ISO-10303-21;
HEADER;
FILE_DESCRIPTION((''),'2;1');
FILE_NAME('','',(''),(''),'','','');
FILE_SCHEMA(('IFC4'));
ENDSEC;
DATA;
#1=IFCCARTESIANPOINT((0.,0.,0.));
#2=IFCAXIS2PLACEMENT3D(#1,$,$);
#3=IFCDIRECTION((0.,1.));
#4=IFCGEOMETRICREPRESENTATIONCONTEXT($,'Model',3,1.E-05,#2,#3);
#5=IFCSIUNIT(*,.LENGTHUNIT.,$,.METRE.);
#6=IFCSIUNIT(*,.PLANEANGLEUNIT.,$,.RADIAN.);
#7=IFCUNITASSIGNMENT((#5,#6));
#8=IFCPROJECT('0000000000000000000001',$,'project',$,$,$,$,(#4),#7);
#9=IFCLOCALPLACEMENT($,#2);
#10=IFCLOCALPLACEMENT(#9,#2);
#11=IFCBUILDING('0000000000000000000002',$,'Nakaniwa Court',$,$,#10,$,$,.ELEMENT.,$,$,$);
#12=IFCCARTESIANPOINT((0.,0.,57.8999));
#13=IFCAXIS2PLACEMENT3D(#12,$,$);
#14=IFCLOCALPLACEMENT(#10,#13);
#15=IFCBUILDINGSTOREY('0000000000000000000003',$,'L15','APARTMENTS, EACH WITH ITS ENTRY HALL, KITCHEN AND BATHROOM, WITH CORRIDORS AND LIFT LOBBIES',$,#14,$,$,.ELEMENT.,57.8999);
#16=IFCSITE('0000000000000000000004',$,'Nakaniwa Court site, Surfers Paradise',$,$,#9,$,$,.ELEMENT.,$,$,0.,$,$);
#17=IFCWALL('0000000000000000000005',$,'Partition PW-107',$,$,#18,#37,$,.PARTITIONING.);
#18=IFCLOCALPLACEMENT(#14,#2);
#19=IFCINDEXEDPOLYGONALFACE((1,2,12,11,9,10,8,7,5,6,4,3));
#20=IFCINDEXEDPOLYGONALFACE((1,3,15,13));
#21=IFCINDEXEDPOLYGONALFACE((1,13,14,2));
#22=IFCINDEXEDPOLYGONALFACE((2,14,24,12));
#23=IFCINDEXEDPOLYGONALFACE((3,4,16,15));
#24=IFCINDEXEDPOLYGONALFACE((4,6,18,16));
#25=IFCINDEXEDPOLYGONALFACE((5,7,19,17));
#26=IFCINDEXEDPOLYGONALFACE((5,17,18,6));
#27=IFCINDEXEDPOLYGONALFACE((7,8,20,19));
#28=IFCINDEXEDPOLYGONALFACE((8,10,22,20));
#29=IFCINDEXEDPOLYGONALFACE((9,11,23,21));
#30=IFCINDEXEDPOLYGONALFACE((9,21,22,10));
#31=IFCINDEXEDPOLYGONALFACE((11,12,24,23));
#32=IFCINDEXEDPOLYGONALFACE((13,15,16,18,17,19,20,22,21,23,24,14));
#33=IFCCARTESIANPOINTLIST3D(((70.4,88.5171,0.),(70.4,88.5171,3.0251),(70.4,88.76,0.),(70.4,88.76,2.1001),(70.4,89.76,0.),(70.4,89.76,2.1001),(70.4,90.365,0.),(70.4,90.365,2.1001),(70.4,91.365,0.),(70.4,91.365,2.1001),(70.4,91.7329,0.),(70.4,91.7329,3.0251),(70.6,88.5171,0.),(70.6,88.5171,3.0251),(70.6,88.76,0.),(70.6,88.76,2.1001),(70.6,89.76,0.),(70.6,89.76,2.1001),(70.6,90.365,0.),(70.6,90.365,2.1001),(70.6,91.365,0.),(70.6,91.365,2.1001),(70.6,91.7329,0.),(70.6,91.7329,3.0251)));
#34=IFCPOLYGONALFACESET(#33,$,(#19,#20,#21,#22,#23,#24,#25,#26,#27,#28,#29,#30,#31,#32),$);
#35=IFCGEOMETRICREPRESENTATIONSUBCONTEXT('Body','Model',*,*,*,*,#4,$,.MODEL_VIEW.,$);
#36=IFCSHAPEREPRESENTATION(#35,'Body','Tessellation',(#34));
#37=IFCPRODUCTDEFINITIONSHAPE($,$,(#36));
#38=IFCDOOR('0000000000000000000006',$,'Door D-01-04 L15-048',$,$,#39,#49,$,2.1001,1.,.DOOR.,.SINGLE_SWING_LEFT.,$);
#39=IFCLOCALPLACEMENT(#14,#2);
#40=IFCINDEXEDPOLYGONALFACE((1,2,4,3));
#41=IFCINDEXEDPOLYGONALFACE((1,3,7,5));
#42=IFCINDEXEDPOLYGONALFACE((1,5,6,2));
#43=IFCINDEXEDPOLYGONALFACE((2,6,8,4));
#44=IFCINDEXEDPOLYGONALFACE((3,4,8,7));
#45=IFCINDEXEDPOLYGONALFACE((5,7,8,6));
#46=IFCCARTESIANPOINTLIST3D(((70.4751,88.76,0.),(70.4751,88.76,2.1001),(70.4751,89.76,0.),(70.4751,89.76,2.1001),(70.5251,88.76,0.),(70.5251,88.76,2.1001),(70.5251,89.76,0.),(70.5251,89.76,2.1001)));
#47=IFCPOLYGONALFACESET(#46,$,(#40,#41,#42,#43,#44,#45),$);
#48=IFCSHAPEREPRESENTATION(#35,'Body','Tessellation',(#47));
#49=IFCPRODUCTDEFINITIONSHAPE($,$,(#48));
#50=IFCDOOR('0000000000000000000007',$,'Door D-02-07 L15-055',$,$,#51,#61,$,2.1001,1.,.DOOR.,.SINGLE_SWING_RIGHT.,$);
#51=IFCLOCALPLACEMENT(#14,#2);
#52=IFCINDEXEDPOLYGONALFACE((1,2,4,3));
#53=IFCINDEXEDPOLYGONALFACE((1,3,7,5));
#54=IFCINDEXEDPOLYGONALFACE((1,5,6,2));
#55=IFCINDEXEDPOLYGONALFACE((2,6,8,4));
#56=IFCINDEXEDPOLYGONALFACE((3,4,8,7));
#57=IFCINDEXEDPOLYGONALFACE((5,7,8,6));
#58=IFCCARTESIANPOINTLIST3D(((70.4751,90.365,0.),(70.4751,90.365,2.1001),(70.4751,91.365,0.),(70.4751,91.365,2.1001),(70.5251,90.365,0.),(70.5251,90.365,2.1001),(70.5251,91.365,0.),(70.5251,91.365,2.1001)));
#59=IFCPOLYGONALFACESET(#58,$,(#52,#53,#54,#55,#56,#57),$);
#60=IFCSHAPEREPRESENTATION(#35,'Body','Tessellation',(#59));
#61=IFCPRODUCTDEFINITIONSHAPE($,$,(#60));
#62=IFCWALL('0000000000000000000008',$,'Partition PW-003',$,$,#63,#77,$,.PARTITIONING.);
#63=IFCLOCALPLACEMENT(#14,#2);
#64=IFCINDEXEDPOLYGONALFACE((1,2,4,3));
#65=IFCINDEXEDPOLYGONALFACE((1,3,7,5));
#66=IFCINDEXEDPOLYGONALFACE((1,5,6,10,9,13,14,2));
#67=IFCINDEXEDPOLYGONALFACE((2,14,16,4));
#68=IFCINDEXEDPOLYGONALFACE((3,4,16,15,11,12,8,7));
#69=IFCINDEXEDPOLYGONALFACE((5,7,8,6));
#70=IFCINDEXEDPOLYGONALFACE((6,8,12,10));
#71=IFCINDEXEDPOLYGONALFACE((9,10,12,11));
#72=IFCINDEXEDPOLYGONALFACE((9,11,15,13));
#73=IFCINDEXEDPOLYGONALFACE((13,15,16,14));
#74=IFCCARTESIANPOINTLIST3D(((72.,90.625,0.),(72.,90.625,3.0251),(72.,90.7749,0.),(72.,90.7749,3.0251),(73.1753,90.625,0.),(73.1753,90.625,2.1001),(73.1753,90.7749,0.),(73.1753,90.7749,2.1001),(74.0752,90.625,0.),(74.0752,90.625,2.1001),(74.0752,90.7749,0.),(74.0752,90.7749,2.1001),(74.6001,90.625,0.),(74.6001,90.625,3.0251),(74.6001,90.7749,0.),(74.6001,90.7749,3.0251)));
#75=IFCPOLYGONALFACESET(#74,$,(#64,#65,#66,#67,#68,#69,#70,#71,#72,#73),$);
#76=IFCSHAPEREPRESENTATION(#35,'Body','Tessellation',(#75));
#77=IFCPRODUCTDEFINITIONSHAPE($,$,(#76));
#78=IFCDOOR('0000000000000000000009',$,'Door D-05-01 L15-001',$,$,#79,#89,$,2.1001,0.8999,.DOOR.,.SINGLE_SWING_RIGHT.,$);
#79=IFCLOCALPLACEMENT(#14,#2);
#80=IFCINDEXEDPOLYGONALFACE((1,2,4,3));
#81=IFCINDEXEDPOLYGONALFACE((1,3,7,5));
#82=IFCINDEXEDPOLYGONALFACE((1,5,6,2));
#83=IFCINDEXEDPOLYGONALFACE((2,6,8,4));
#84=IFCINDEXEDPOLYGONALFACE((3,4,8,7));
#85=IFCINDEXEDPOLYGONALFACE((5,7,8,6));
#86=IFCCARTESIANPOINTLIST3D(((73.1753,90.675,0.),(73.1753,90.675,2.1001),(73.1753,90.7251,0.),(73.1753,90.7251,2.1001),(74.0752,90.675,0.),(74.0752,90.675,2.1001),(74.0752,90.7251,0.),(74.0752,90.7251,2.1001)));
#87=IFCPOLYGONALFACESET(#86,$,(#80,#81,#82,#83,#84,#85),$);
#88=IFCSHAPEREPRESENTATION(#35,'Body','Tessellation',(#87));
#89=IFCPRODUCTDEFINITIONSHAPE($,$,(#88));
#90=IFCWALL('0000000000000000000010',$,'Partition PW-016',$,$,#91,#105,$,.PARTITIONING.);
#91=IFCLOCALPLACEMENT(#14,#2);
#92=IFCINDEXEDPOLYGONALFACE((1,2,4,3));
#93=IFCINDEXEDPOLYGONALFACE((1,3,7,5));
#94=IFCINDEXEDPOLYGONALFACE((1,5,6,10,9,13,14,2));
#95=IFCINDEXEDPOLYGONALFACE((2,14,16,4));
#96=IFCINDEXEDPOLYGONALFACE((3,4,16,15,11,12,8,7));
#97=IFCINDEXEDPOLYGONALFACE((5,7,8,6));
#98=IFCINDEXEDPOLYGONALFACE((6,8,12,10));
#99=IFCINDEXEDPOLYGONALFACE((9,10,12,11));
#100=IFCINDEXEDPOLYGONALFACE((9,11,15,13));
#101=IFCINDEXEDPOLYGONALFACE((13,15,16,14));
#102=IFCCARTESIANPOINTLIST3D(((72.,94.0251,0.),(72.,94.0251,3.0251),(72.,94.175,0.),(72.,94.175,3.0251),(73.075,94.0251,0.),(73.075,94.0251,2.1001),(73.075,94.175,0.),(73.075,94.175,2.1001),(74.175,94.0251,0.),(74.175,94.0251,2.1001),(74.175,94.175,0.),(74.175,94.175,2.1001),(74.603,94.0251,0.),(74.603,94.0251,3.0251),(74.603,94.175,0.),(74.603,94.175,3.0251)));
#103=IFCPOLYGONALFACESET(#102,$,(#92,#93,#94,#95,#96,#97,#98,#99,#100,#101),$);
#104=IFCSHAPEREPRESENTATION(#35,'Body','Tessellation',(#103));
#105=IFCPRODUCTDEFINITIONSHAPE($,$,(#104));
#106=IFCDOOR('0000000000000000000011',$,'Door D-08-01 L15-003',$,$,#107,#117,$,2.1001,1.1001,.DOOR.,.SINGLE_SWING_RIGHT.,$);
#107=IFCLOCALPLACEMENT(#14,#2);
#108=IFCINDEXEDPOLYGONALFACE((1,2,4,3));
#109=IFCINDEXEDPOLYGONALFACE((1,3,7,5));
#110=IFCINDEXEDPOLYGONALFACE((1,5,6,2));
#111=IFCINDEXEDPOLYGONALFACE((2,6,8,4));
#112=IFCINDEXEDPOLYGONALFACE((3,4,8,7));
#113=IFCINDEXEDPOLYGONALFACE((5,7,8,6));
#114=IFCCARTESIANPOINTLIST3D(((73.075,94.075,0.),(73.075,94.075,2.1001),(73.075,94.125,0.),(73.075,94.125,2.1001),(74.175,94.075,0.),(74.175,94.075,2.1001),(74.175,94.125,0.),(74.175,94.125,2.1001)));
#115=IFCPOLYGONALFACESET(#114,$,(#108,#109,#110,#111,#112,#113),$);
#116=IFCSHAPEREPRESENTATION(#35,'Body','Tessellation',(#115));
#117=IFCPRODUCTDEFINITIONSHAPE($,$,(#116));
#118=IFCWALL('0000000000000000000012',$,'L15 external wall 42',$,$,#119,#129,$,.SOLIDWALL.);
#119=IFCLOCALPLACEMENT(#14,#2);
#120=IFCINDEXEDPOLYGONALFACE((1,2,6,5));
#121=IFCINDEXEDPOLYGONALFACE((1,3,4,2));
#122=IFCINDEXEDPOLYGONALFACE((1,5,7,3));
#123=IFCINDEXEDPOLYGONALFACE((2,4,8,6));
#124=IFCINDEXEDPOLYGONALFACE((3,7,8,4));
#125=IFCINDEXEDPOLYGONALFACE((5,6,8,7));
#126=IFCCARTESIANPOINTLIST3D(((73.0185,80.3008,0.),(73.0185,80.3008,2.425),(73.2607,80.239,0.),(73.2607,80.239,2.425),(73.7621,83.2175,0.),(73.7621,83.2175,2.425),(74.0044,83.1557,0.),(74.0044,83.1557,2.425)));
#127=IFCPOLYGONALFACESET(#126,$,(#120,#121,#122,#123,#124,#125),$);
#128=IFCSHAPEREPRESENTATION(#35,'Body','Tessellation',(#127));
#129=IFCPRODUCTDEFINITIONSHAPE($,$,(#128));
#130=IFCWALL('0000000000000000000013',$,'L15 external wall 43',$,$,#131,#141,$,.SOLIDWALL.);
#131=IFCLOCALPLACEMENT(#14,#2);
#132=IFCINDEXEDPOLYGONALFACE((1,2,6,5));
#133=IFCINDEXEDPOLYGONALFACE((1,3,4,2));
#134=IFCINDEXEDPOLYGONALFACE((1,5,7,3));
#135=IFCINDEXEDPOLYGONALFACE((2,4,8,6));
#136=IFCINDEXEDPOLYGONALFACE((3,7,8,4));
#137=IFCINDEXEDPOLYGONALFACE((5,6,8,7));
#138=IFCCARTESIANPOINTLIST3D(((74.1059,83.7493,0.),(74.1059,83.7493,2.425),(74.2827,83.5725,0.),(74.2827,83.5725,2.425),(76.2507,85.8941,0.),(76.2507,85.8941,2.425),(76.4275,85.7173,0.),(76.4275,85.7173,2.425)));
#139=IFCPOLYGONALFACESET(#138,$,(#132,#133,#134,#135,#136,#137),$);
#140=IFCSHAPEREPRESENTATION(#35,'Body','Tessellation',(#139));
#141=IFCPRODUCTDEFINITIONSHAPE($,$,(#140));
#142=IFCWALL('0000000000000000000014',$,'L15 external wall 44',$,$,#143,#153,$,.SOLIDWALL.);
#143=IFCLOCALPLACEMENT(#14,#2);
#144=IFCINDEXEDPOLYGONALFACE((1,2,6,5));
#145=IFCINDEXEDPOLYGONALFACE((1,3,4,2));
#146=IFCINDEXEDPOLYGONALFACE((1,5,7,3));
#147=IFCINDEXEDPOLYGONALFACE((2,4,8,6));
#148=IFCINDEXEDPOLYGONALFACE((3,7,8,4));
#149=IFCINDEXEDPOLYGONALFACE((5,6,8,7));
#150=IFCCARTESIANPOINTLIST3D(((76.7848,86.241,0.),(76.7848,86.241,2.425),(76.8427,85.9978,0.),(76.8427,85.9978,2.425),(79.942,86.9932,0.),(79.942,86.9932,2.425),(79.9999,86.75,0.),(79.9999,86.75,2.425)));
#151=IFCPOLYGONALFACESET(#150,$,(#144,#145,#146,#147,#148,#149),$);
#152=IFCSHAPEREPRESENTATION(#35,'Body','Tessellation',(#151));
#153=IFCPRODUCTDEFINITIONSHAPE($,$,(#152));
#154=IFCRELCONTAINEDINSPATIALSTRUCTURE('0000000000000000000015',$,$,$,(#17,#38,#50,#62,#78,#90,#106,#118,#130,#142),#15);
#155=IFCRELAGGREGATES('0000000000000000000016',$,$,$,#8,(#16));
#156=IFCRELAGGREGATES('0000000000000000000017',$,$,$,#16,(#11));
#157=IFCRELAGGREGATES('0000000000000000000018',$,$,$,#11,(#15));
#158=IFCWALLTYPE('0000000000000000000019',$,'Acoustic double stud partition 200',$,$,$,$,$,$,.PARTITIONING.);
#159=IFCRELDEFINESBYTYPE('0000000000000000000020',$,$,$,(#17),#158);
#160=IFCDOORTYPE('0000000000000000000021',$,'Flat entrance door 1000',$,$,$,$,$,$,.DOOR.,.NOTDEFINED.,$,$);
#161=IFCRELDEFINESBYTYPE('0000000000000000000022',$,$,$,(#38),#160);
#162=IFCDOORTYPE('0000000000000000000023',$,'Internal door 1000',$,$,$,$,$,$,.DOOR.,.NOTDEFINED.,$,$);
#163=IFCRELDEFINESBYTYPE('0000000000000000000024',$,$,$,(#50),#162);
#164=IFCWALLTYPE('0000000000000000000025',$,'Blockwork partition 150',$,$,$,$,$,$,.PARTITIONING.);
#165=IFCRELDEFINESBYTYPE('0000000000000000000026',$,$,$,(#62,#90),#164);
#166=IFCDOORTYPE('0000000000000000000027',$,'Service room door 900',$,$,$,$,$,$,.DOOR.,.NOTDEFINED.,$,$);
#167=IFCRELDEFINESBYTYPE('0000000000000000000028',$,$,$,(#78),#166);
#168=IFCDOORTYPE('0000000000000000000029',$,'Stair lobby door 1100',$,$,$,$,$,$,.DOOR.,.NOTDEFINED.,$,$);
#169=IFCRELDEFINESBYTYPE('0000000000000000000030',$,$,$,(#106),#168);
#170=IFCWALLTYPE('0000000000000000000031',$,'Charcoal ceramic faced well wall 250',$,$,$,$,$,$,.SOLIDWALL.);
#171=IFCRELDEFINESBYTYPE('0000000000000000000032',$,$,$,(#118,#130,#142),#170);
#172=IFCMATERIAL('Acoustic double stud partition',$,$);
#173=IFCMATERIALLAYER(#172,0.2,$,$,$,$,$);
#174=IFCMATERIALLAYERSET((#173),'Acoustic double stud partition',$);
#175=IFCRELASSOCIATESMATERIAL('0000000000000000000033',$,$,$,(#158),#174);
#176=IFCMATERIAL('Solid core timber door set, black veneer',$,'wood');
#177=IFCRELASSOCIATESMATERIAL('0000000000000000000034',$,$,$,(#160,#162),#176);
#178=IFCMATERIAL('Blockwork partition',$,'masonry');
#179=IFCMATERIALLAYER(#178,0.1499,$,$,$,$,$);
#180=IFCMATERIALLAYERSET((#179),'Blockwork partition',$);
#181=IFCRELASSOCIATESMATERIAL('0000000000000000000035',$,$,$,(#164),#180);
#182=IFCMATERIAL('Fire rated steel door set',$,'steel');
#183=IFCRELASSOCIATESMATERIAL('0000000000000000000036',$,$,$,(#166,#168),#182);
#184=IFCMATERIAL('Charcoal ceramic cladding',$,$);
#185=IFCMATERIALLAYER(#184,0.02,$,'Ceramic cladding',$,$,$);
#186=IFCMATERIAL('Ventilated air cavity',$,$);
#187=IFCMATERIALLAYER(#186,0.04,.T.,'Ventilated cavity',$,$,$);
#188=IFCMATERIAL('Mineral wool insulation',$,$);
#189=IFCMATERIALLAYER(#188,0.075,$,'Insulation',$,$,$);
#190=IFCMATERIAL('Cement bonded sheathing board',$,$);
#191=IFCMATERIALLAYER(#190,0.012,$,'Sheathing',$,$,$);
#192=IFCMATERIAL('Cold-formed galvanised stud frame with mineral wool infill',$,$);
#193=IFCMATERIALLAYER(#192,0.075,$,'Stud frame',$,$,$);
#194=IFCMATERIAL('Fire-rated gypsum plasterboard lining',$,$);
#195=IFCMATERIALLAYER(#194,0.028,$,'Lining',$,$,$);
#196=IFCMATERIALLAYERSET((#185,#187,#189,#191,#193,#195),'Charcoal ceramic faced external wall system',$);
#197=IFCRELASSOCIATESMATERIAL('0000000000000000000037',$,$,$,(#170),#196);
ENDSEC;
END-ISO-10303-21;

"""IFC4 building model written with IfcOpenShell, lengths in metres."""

from ifc_helpers import new_model, si_unit, direction, frame, frame_2d, origin, place, context, subcontext, project, spatial, rectangle, extrude, material, layer, layer_set, type_object, element, fill, save


model = new_model("IFC4")

# Units and contexts
model_context = context("Model", 3, precision=1e-05, world=origin(), true_north=direction((0.0, 1.0)))
body_context = subcontext(model_context, "Body", "Model", "MODEL_VIEW")
ifc_project = project(units=[si_unit("LENGTHUNIT", "METRE"), si_unit("PLANEANGLEUNIT", "RADIAN")], contexts=[model_context])

# Site, building, storey
site_placement = place(None, origin())
site = spatial("IfcSite", under=ifc_project, at=site_placement, Name="Nakaniwa Court site, Surfers Paradise", CompositionType="ELEMENT", RefElevation=0.0)
building_placement = place(site_placement, origin())
building = spatial("IfcBuilding", under=site, at=building_placement, Name="Nakaniwa Court", CompositionType="ELEMENT")
storey_placement = place(building_placement, frame((0.0, 0.0, 57.8999)))
storey = spatial("IfcBuildingStorey", under=building, at=storey_placement, Name="L15", Description="APARTMENTS, EACH WITH ITS ENTRY HALL, KITCHEN AND BATHROOM, WITH CORRIDORS AND LIFT LOBBIES", CompositionType="ELEMENT", Elevation=57.8999)

# Shared definitions
ifc_material_1 = material(Name="Acoustic double stud partition")
ifc_layer_1 = layer(ifc_material_1, 0.2)
ifc_layer_set_1 = layer_set([ifc_layer_1], Name="Acoustic double stud partition")
wall_type_1 = type_object("IfcWallType", Name="Acoustic double stud partition 200", PredefinedType="PARTITIONING", material=ifc_layer_set_1)

# Wall, openings, doors
wall_1_placement = place(storey_placement, frame((70.5, 88.5171, 0.0), z_axis=(0.0, 0.0, 1.0), x_axis=(0.0, 1.0, 0.0)))
wall_1 = element("IfcWall", 1, at=wall_1_placement, inside=storey, type_object=wall_type_1, Name="Partition PW-107", PredefinedType="PARTITIONING", context=body_context, shape_type="SweptSolid", body=[
    extrude(rectangle(XDim=3.2158, YDim=0.2, at=frame_2d((1.6079, 0.0))), origin(), (0.0, 0.0, 1.0), 3.0251),
])
opening_1_placement = place(wall_1_placement, frame((0.2429, 0.0, 0.0)))
opening_1 = element("IfcOpeningElement", 2, at=opening_1_placement, cuts=wall_1, PredefinedType="OPENING", context=body_context, shape_type="SweptSolid", body=[
    extrude(rectangle(XDim=1.0, YDim=2.1001, at=frame_2d((0.5, 1.05))), frame((0.0, 0.1099, 0.0), z_axis=(0.0, -1.0, 0.0), x_axis=(1.0, 0.0, 0.0)), (0.0, 0.0, 1.0), 0.22),
])
opening_2_placement = place(wall_1_placement, frame((1.8479, 0.0, 0.0)))
opening_2 = element("IfcOpeningElement", 3, at=opening_2_placement, cuts=wall_1, PredefinedType="OPENING", context=body_context, shape_type="SweptSolid", body=[
    extrude(rectangle(XDim=1.0, YDim=2.1001, at=frame_2d((0.5, 1.05))), frame((0.0, 0.1099, 0.0), z_axis=(0.0, -1.0, 0.0), x_axis=(1.0, 0.0, 0.0)), (0.0, 0.0, 1.0), 0.22),
])
ifc_material_2 = material(Name="Solid core timber door set, black veneer", Category="wood")
door_type_1 = type_object("IfcDoorType", Name="Flat entrance door 1000", OperationType="NOTDEFINED", PredefinedType="DOOR", material=ifc_material_2)
door_1_placement = place(opening_1_placement, origin())
door_1 = element("IfcDoor", 4, at=door_1_placement, inside=storey, type_object=door_type_1, Name="Door D-01-04 L15-048", OperationType="SINGLE_SWING_LEFT", OverallHeight=2.1001, OverallWidth=1.0, PredefinedType="DOOR", context=body_context, shape_type="SweptSolid", body=[
    extrude(rectangle(XDim=1.0, YDim=2.1001, at=frame_2d((0.5, 1.05))), frame((0.0, 0.0249, 0.0), z_axis=(0.0, -1.0, 0.0), x_axis=(1.0, 0.0, 0.0)), (0.0, 0.0, 1.0), 0.05),
])
fill(opening_1, door_1)
door_type_2 = type_object("IfcDoorType", Name="Internal door 1000", OperationType="NOTDEFINED", PredefinedType="DOOR", material=ifc_material_2)
door_2_placement = place(opening_2_placement, origin())
door_2 = element("IfcDoor", 5, at=door_2_placement, inside=storey, type_object=door_type_2, Name="Door D-02-07 L15-055", OperationType="SINGLE_SWING_RIGHT", OverallHeight=2.1001, OverallWidth=1.0, PredefinedType="DOOR", context=body_context, shape_type="SweptSolid", body=[
    extrude(rectangle(XDim=1.0, YDim=2.1001, at=frame_2d((0.5, 1.05))), frame((0.0, 0.0249, 0.0), z_axis=(0.0, -1.0, 0.0), x_axis=(1.0, 0.0, 0.0)), (0.0, 0.0, 1.0), 0.05),
])
fill(opening_2, door_2)

# Walls, openings, doors
ifc_material_3 = material(Name="Blockwork partition", Category="masonry")
ifc_layer_2 = layer(ifc_material_3, 0.1499)
ifc_layer_set_2 = layer_set([ifc_layer_2], Name="Blockwork partition")
wall_type_2 = type_object("IfcWallType", Name="Blockwork partition 150", PredefinedType="PARTITIONING", material=ifc_layer_set_2)
wall_2_placement = place(storey_placement, frame((74.6001, 90.7, 0.0), z_axis=(0.0, 0.0, 1.0), x_axis=(-1.0, 0.0, 0.0)))
wall_2 = element("IfcWall", 6, at=wall_2_placement, inside=storey, type_object=wall_type_2, Name="Partition PW-003", PredefinedType="PARTITIONING", context=body_context, shape_type="SweptSolid", body=[
    extrude(rectangle(XDim=2.6001, YDim=0.1499, at=frame_2d((1.3, 0.0))), origin(), (0.0, 0.0, 1.0), 3.0251),
])
opening_3_placement = place(wall_2_placement, frame((0.5249, 0.0, 0.0)))
opening_3 = element("IfcOpeningElement", 7, at=opening_3_placement, cuts=wall_2, PredefinedType="OPENING", context=body_context, shape_type="SweptSolid", body=[
    extrude(rectangle(XDim=0.8999, YDim=2.1001, at=frame_2d((0.45, 1.05))), frame((0.0, 0.085, 0.0), z_axis=(0.0, -1.0, 0.0), x_axis=(1.0, 0.0, 0.0)), (0.0, 0.0, 1.0), 0.1699),
])
ifc_material_4 = material(Name="Fire rated steel door set", Category="steel")
door_type_3 = type_object("IfcDoorType", Name="Service room door 900", OperationType="NOTDEFINED", PredefinedType="DOOR", material=ifc_material_4)
door_3_placement = place(opening_3_placement, origin())
door_3 = element("IfcDoor", 8, at=door_3_placement, inside=storey, type_object=door_type_3, Name="Door D-05-01 L15-001", OperationType="SINGLE_SWING_RIGHT", OverallHeight=2.1001, OverallWidth=0.8999, PredefinedType="DOOR", context=body_context, shape_type="SweptSolid", body=[
    extrude(rectangle(XDim=0.8999, YDim=2.1001, at=frame_2d((0.45, 1.05))), frame((0.0, 0.0249, 0.0), z_axis=(0.0, -1.0, 0.0), x_axis=(1.0, 0.0, 0.0)), (0.0, 0.0, 1.0), 0.05),
])
fill(opening_3, door_3)
wall_3_placement = place(storey_placement, frame((72.0, 94.1001, 0.0), z_axis=(0.0, 0.0, 1.0), x_axis=(1.0, 0.0, 0.0)))
wall_3 = element("IfcWall", 9, at=wall_3_placement, inside=storey, type_object=wall_type_2, Name="Partition PW-016", PredefinedType="PARTITIONING", context=body_context, shape_type="SweptSolid", body=[
    extrude(rectangle(XDim=2.603, YDim=0.1499, at=frame_2d((1.3015, 0.0))), origin(), (0.0, 0.0, 1.0), 3.0251),
])
opening_4_placement = place(wall_3_placement, frame((1.075, 0.0, 0.0)))
opening_4 = element("IfcOpeningElement", 10, at=opening_4_placement, cuts=wall_3, PredefinedType="OPENING", context=body_context, shape_type="SweptSolid", body=[
    extrude(rectangle(XDim=1.1001, YDim=2.1001, at=frame_2d((0.55, 1.05))), frame((0.0, 0.085, 0.0), z_axis=(0.0, -1.0, 0.0), x_axis=(1.0, 0.0, 0.0)), (0.0, 0.0, 1.0), 0.1699),
])
door_type_4 = type_object("IfcDoorType", Name="Stair lobby door 1100", OperationType="NOTDEFINED", PredefinedType="DOOR", material=ifc_material_4)
door_4_placement = place(opening_4_placement, origin())
door_4 = element("IfcDoor", 11, at=door_4_placement, inside=storey, type_object=door_type_4, Name="Door D-08-01 L15-003", OperationType="SINGLE_SWING_RIGHT", OverallHeight=2.1001, OverallWidth=1.1001, PredefinedType="DOOR", context=body_context, shape_type="SweptSolid", body=[
    extrude(rectangle(XDim=1.1001, YDim=2.1001, at=frame_2d((0.55, 1.05))), frame((0.0, 0.0249, 0.0), z_axis=(0.0, -1.0, 0.0), x_axis=(1.0, 0.0, 0.0)), (0.0, 0.0, 1.0), 0.05),
])
fill(opening_4, door_4)

# Walls
ifc_material_5 = material(Name="Charcoal ceramic cladding")
ifc_layer_3 = layer(ifc_material_5, 0.02, Name="Ceramic cladding")
ifc_material_6 = material(Name="Ventilated air cavity")
ifc_layer_4 = layer(ifc_material_6, 0.04, ventilated=True, Name="Ventilated cavity")
ifc_material_7 = material(Name="Mineral wool insulation")
ifc_layer_5 = layer(ifc_material_7, 0.075, Name="Insulation")
ifc_material_8 = material(Name="Cement bonded sheathing board")
ifc_layer_6 = layer(ifc_material_8, 0.012, Name="Sheathing")
ifc_material_9 = material(Name="Cold-formed galvanised stud frame with mineral wool infill")
ifc_layer_7 = layer(ifc_material_9, 0.075, Name="Stud frame")
ifc_material_10 = material(Name="Fire-rated gypsum plasterboard lining")
ifc_layer_8 = layer(ifc_material_10, 0.028, Name="Lining")
ifc_layer_set_3 = layer_set([ifc_layer_3, ifc_layer_4, ifc_layer_5, ifc_layer_6, ifc_layer_7, ifc_layer_8], Name="Charcoal ceramic faced external wall system")
wall_type_3 = type_object("IfcWallType", Name="Charcoal ceramic faced well wall 250", PredefinedType="SOLIDWALL", material=ifc_layer_set_3)
wall_4_placement = place(storey_placement, frame((73.1396, 80.27, 0.0), z_axis=(0.0, 0.0, 1.0), x_axis=(0.247056, 0.969001, 0.0)))
element("IfcWall", 12, at=wall_4_placement, inside=storey, type_object=wall_type_3, Name="L15 external wall 42", PredefinedType="SOLIDWALL", context=body_context, shape_type="SweptSolid", body=[
    extrude(rectangle(XDim=3.01, YDim=0.25, at=frame_2d((1.5049, 0.0))), origin(), (0.0, 0.0, 1.0), 2.425),
])
wall_5_placement = place(storey_placement, frame((74.1943, 83.6609, 0.0), z_axis=(0.0, 0.0, 1.0), x_axis=(0.707107, 0.707107, 0.0)))
element("IfcWall", 13, at=wall_5_placement, inside=storey, type_object=wall_type_3, Name="L15 external wall 43", PredefinedType="SOLIDWALL", context=body_context, shape_type="SweptSolid", body=[
    extrude(rectangle(XDim=3.0332, YDim=0.25, at=frame_2d((1.5166, 0.0))), origin(), (0.0, 0.0, 1.0), 2.425),
])
wall_6_placement = place(storey_placement, frame((76.8137, 86.1194, 0.0), z_axis=(0.0, 0.0, 1.0), x_axis=(0.972773, 0.23176, 0.0)))
element("IfcWall", 14, at=wall_6_placement, inside=storey, type_object=wall_type_3, Name="L15 external wall 44", PredefinedType="SOLIDWALL", context=body_context, shape_type="SweptSolid", body=[
    extrude(rectangle(XDim=3.2456, YDim=0.25, at=frame_2d((1.6228, 0.0))), origin(), (0.0, 0.0, 1.0), 2.425),
])

save(model, "model.ifc")
